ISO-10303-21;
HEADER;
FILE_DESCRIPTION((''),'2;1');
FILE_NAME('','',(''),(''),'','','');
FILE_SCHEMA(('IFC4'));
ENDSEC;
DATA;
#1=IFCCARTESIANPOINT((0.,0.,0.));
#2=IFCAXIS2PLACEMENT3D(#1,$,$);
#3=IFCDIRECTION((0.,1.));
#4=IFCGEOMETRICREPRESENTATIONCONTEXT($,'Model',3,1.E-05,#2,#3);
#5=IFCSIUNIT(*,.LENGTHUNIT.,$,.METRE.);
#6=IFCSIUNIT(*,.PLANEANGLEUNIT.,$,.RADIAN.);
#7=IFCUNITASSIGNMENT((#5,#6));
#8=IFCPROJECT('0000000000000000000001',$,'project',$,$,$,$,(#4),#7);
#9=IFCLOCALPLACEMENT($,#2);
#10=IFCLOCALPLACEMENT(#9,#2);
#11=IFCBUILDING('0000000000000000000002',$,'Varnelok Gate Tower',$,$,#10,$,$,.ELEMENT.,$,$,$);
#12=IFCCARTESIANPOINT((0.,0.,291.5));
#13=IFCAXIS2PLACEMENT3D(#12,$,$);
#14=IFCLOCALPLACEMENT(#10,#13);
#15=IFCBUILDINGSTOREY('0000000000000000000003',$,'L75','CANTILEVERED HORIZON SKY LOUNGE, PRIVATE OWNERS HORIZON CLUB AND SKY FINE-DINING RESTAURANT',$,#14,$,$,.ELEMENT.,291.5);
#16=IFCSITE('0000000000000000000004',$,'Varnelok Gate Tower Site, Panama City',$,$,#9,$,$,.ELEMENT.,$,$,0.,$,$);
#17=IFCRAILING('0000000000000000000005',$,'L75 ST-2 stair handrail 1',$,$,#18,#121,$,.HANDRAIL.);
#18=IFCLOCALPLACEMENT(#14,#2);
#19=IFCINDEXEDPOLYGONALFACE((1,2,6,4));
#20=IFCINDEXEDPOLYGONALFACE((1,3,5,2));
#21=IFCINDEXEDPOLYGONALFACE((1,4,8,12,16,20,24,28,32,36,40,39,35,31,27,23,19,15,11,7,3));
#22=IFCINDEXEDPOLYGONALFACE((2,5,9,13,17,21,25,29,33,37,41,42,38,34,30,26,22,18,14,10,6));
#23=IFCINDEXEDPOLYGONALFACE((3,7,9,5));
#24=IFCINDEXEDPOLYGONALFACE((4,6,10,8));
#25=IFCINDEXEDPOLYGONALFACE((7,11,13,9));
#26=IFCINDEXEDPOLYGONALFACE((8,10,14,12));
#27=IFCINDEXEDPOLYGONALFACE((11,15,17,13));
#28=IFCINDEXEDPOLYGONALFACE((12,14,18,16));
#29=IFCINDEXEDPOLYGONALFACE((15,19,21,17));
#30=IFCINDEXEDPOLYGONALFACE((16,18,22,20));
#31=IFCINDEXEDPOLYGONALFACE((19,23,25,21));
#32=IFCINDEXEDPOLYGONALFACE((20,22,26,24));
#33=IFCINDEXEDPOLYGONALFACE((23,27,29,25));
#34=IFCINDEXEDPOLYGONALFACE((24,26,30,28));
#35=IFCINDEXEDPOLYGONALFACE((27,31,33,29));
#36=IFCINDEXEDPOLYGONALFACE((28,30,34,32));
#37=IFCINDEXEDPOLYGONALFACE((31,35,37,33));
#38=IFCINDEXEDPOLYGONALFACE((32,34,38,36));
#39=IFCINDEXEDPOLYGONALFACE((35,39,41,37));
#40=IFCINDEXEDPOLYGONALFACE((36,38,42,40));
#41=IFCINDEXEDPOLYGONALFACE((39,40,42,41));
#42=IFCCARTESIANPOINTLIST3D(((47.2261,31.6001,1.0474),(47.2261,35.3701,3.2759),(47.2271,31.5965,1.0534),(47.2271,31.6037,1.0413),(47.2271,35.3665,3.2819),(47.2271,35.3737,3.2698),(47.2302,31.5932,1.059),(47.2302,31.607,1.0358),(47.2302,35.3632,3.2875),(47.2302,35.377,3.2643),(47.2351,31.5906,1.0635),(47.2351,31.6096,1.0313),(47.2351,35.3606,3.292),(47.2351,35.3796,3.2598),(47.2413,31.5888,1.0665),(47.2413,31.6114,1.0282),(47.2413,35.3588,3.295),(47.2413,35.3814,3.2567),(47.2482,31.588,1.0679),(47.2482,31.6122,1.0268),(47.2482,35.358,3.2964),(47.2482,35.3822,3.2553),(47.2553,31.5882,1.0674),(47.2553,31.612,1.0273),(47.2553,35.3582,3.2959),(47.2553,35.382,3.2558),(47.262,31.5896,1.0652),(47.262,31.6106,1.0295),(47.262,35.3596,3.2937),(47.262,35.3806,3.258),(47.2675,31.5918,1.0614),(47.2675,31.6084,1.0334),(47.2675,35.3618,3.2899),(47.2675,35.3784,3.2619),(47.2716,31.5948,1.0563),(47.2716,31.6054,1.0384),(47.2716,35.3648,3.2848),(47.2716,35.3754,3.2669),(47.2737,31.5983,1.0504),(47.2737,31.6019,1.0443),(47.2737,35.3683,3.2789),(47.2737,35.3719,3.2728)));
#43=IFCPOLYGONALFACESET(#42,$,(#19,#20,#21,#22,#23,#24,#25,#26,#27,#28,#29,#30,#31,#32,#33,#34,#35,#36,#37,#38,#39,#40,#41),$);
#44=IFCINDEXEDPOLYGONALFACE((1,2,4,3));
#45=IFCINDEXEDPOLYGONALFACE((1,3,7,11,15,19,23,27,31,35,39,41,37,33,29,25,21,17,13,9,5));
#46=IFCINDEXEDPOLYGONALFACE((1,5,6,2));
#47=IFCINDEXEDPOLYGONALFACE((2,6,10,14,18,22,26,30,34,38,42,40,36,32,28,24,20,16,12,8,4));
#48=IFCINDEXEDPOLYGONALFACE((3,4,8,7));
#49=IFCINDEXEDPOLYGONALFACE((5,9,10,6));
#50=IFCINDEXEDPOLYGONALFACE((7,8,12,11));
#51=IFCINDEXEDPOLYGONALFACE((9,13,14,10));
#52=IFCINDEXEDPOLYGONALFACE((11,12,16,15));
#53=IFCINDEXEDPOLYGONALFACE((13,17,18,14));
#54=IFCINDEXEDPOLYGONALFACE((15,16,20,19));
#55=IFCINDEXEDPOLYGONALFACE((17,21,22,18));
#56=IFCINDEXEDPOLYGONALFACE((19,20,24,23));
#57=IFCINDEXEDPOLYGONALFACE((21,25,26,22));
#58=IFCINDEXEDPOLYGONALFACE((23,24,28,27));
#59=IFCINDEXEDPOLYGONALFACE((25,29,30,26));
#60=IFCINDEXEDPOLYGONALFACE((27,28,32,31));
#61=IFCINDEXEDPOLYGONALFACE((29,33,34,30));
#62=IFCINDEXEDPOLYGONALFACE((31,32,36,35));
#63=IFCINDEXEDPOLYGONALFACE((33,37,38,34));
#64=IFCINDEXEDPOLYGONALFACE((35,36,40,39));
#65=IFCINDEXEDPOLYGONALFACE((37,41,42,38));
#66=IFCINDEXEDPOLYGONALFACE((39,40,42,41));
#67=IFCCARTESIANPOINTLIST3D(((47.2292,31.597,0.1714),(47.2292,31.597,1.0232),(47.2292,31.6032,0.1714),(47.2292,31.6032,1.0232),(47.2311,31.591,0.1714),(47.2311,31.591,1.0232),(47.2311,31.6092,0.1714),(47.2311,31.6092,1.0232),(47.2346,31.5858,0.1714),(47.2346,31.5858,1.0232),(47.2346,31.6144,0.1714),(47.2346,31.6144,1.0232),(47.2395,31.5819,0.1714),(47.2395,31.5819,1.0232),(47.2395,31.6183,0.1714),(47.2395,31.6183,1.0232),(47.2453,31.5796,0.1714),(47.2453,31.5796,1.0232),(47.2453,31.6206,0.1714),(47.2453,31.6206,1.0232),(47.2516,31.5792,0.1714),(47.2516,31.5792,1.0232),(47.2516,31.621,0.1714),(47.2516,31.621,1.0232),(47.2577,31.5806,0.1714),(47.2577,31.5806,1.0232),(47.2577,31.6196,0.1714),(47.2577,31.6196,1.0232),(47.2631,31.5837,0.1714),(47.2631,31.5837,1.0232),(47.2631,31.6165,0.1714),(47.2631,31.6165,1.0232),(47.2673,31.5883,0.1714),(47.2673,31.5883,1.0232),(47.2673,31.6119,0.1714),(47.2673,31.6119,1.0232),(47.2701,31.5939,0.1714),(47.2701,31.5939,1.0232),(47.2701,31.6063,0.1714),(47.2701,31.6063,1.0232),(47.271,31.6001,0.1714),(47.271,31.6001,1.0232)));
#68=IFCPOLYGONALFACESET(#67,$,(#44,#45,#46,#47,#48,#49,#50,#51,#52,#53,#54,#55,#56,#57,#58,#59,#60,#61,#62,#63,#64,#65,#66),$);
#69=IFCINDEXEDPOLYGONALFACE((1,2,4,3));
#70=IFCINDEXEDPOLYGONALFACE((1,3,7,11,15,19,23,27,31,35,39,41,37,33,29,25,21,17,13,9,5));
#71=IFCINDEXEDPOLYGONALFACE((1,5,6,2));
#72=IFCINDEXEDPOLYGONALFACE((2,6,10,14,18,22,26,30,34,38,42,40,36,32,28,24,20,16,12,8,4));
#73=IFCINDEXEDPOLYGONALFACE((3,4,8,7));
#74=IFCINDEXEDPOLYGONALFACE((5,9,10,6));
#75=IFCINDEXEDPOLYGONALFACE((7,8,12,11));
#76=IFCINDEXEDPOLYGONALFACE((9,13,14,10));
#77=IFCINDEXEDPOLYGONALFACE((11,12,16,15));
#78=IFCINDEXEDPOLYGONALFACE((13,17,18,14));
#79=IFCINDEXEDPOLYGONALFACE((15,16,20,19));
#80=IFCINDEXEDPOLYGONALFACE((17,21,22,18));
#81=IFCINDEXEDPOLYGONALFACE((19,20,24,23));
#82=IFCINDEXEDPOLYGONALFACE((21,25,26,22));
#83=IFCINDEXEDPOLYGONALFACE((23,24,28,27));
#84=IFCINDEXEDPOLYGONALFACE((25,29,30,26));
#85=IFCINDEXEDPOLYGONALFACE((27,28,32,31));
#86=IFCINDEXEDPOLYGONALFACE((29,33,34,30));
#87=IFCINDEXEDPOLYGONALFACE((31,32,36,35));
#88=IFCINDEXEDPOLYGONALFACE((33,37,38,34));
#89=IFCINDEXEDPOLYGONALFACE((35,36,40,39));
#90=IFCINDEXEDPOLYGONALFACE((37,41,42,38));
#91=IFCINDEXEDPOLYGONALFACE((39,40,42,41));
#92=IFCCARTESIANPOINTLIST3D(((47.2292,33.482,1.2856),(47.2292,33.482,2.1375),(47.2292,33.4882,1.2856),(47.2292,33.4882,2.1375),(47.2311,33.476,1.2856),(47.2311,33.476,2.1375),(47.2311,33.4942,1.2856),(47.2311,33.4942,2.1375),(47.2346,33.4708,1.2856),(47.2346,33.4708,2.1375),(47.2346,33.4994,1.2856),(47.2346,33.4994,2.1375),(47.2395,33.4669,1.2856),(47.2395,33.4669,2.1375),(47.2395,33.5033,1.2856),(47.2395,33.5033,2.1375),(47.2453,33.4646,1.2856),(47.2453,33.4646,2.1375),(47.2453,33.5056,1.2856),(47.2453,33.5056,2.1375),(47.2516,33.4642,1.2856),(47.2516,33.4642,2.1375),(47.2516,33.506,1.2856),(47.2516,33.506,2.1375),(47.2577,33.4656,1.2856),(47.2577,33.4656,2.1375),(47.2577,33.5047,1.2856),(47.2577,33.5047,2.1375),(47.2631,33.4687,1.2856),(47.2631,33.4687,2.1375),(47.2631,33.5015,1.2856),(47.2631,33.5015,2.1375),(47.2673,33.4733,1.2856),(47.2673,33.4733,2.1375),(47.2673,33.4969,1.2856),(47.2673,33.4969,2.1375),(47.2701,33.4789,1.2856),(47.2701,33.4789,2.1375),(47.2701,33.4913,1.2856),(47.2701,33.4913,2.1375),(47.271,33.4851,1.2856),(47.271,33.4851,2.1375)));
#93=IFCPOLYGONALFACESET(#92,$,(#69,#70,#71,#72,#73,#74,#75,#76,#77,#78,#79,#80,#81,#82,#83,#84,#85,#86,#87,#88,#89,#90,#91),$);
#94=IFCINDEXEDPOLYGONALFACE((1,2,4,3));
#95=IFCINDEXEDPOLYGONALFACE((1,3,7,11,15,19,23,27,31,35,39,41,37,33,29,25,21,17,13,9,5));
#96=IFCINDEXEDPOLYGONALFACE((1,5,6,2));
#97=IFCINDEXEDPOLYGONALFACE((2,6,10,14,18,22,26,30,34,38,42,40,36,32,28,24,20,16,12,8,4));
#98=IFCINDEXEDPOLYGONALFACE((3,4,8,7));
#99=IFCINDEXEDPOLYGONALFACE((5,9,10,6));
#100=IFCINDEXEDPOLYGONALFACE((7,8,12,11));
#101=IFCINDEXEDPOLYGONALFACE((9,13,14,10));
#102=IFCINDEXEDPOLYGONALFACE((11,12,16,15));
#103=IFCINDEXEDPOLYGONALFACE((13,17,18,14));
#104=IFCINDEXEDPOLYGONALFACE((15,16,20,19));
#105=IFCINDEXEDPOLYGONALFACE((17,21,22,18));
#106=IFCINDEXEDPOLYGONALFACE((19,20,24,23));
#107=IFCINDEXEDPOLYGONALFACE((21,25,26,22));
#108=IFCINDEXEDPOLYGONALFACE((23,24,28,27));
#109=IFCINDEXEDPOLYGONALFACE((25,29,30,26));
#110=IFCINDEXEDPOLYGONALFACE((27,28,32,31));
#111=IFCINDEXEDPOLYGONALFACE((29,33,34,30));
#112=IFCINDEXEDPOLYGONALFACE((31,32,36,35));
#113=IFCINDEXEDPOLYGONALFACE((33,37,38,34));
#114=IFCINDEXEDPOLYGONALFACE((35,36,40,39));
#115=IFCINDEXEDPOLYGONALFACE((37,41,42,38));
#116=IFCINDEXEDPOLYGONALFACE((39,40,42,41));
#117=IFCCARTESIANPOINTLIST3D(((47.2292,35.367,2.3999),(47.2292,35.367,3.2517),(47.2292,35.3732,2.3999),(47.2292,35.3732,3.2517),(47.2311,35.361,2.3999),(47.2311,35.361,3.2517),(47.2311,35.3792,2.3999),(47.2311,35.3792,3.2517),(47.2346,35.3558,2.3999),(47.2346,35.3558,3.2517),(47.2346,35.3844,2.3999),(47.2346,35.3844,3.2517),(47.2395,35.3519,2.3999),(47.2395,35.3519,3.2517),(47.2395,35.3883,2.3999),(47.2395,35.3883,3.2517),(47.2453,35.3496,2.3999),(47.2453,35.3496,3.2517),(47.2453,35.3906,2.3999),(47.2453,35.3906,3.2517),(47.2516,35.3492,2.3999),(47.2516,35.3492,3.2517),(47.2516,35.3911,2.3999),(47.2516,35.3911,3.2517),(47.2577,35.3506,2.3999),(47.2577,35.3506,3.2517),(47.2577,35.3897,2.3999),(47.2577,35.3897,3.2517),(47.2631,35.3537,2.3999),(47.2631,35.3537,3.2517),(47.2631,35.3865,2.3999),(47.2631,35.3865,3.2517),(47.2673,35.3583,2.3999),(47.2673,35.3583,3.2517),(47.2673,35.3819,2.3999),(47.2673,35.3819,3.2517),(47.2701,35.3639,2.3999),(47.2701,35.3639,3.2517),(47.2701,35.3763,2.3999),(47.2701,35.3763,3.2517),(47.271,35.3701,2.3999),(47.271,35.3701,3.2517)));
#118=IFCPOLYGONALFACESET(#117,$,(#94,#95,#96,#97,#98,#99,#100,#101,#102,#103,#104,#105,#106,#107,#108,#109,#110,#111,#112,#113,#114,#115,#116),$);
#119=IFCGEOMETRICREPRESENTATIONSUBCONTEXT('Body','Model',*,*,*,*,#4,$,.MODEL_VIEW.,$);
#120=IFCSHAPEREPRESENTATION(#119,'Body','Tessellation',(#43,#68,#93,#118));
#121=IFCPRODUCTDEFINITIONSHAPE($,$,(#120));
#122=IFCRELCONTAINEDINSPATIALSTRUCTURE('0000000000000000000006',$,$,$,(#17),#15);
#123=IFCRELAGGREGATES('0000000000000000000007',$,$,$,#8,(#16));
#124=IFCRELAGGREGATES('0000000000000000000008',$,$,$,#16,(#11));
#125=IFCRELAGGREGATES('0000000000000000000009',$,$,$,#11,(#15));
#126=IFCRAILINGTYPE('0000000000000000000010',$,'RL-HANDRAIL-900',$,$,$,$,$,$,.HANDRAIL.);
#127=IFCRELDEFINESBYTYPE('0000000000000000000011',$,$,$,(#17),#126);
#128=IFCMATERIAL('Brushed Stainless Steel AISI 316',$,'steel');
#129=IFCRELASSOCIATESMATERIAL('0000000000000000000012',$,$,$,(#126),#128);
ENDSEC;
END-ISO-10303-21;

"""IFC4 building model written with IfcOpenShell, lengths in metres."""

from ifc_helpers import new_model, si_unit, direction, frame, origin, origin_2d, place, context, subcontext, project, spatial, circle, extrude, material, type_object, element, save


model = new_model("IFC4")

# Units and contexts
model_context = context("Model", 3, precision=1e-05, world=origin(), true_north=direction((0.0, 1.0)))
body_context = subcontext(model_context, "Body", "Model", "MODEL_VIEW")
ifc_project = project(units=[si_unit("LENGTHUNIT", "METRE"), si_unit("PLANEANGLEUNIT", "RADIAN")], contexts=[model_context])

# Site, building, storey
site_placement = place(None, origin())
site = spatial("IfcSite", under=ifc_project, at=site_placement, Name="Varnelok Gate Tower Site, Panama City", CompositionType="ELEMENT", RefElevation=0.0)
building_placement = place(site_placement, origin())
building = spatial("IfcBuilding", under=site, at=building_placement, Name="Varnelok Gate Tower", CompositionType="ELEMENT")
storey_placement = place(building_placement, frame((0.0, 0.0, 291.5)))
storey = spatial("IfcBuildingStorey", under=building, at=storey_placement, Name="L75", Description="CANTILEVERED HORIZON SKY LOUNGE, PRIVATE OWNERS HORIZON CLUB AND SKY FINE-DINING RESTAURANT", CompositionType="ELEMENT", Elevation=291.5)

# Railing
ifc_material_1 = material(Name="Brushed Stainless Steel AISI 316", Category="steel")
railing_type = type_object("IfcRailingType", Name="RL-HANDRAIL-900", PredefinedType="HANDRAIL", material=ifc_material_1)
railing_placement = place(storey_placement, frame((47.25, 31.6001, 0.1714)))
element("IfcRailing", 1, at=railing_placement, inside=storey, type_object=railing_type, Name="L75 ST-2 stair handrail 1", PredefinedType="HANDRAIL", context=body_context, shape_type="SweptSolid", body=[
    extrude(circle(Radius=0.0239, at=origin_2d()), frame((0.0, 0.0, 0.876), z_axis=(0.0, 0.860849, 0.508861), x_axis=(-1.0, 0.0, 0.0)), (0.0, 0.0, 1.0), 4.3794),
    extrude(circle(Radius=0.021, at=origin_2d()), origin(), (0.0, 0.0, 1.0), 0.8518),
    extrude(circle(Radius=0.021, at=origin_2d()), frame((0.0, 1.885, 1.1143)), (0.0, 0.0, 1.0), 0.8518),
    extrude(circle(Radius=0.021, at=origin_2d()), frame((0.0, 3.77, 2.2285)), (0.0, 0.0, 1.0), 0.8518),
])

save(model, "model.ifc")
